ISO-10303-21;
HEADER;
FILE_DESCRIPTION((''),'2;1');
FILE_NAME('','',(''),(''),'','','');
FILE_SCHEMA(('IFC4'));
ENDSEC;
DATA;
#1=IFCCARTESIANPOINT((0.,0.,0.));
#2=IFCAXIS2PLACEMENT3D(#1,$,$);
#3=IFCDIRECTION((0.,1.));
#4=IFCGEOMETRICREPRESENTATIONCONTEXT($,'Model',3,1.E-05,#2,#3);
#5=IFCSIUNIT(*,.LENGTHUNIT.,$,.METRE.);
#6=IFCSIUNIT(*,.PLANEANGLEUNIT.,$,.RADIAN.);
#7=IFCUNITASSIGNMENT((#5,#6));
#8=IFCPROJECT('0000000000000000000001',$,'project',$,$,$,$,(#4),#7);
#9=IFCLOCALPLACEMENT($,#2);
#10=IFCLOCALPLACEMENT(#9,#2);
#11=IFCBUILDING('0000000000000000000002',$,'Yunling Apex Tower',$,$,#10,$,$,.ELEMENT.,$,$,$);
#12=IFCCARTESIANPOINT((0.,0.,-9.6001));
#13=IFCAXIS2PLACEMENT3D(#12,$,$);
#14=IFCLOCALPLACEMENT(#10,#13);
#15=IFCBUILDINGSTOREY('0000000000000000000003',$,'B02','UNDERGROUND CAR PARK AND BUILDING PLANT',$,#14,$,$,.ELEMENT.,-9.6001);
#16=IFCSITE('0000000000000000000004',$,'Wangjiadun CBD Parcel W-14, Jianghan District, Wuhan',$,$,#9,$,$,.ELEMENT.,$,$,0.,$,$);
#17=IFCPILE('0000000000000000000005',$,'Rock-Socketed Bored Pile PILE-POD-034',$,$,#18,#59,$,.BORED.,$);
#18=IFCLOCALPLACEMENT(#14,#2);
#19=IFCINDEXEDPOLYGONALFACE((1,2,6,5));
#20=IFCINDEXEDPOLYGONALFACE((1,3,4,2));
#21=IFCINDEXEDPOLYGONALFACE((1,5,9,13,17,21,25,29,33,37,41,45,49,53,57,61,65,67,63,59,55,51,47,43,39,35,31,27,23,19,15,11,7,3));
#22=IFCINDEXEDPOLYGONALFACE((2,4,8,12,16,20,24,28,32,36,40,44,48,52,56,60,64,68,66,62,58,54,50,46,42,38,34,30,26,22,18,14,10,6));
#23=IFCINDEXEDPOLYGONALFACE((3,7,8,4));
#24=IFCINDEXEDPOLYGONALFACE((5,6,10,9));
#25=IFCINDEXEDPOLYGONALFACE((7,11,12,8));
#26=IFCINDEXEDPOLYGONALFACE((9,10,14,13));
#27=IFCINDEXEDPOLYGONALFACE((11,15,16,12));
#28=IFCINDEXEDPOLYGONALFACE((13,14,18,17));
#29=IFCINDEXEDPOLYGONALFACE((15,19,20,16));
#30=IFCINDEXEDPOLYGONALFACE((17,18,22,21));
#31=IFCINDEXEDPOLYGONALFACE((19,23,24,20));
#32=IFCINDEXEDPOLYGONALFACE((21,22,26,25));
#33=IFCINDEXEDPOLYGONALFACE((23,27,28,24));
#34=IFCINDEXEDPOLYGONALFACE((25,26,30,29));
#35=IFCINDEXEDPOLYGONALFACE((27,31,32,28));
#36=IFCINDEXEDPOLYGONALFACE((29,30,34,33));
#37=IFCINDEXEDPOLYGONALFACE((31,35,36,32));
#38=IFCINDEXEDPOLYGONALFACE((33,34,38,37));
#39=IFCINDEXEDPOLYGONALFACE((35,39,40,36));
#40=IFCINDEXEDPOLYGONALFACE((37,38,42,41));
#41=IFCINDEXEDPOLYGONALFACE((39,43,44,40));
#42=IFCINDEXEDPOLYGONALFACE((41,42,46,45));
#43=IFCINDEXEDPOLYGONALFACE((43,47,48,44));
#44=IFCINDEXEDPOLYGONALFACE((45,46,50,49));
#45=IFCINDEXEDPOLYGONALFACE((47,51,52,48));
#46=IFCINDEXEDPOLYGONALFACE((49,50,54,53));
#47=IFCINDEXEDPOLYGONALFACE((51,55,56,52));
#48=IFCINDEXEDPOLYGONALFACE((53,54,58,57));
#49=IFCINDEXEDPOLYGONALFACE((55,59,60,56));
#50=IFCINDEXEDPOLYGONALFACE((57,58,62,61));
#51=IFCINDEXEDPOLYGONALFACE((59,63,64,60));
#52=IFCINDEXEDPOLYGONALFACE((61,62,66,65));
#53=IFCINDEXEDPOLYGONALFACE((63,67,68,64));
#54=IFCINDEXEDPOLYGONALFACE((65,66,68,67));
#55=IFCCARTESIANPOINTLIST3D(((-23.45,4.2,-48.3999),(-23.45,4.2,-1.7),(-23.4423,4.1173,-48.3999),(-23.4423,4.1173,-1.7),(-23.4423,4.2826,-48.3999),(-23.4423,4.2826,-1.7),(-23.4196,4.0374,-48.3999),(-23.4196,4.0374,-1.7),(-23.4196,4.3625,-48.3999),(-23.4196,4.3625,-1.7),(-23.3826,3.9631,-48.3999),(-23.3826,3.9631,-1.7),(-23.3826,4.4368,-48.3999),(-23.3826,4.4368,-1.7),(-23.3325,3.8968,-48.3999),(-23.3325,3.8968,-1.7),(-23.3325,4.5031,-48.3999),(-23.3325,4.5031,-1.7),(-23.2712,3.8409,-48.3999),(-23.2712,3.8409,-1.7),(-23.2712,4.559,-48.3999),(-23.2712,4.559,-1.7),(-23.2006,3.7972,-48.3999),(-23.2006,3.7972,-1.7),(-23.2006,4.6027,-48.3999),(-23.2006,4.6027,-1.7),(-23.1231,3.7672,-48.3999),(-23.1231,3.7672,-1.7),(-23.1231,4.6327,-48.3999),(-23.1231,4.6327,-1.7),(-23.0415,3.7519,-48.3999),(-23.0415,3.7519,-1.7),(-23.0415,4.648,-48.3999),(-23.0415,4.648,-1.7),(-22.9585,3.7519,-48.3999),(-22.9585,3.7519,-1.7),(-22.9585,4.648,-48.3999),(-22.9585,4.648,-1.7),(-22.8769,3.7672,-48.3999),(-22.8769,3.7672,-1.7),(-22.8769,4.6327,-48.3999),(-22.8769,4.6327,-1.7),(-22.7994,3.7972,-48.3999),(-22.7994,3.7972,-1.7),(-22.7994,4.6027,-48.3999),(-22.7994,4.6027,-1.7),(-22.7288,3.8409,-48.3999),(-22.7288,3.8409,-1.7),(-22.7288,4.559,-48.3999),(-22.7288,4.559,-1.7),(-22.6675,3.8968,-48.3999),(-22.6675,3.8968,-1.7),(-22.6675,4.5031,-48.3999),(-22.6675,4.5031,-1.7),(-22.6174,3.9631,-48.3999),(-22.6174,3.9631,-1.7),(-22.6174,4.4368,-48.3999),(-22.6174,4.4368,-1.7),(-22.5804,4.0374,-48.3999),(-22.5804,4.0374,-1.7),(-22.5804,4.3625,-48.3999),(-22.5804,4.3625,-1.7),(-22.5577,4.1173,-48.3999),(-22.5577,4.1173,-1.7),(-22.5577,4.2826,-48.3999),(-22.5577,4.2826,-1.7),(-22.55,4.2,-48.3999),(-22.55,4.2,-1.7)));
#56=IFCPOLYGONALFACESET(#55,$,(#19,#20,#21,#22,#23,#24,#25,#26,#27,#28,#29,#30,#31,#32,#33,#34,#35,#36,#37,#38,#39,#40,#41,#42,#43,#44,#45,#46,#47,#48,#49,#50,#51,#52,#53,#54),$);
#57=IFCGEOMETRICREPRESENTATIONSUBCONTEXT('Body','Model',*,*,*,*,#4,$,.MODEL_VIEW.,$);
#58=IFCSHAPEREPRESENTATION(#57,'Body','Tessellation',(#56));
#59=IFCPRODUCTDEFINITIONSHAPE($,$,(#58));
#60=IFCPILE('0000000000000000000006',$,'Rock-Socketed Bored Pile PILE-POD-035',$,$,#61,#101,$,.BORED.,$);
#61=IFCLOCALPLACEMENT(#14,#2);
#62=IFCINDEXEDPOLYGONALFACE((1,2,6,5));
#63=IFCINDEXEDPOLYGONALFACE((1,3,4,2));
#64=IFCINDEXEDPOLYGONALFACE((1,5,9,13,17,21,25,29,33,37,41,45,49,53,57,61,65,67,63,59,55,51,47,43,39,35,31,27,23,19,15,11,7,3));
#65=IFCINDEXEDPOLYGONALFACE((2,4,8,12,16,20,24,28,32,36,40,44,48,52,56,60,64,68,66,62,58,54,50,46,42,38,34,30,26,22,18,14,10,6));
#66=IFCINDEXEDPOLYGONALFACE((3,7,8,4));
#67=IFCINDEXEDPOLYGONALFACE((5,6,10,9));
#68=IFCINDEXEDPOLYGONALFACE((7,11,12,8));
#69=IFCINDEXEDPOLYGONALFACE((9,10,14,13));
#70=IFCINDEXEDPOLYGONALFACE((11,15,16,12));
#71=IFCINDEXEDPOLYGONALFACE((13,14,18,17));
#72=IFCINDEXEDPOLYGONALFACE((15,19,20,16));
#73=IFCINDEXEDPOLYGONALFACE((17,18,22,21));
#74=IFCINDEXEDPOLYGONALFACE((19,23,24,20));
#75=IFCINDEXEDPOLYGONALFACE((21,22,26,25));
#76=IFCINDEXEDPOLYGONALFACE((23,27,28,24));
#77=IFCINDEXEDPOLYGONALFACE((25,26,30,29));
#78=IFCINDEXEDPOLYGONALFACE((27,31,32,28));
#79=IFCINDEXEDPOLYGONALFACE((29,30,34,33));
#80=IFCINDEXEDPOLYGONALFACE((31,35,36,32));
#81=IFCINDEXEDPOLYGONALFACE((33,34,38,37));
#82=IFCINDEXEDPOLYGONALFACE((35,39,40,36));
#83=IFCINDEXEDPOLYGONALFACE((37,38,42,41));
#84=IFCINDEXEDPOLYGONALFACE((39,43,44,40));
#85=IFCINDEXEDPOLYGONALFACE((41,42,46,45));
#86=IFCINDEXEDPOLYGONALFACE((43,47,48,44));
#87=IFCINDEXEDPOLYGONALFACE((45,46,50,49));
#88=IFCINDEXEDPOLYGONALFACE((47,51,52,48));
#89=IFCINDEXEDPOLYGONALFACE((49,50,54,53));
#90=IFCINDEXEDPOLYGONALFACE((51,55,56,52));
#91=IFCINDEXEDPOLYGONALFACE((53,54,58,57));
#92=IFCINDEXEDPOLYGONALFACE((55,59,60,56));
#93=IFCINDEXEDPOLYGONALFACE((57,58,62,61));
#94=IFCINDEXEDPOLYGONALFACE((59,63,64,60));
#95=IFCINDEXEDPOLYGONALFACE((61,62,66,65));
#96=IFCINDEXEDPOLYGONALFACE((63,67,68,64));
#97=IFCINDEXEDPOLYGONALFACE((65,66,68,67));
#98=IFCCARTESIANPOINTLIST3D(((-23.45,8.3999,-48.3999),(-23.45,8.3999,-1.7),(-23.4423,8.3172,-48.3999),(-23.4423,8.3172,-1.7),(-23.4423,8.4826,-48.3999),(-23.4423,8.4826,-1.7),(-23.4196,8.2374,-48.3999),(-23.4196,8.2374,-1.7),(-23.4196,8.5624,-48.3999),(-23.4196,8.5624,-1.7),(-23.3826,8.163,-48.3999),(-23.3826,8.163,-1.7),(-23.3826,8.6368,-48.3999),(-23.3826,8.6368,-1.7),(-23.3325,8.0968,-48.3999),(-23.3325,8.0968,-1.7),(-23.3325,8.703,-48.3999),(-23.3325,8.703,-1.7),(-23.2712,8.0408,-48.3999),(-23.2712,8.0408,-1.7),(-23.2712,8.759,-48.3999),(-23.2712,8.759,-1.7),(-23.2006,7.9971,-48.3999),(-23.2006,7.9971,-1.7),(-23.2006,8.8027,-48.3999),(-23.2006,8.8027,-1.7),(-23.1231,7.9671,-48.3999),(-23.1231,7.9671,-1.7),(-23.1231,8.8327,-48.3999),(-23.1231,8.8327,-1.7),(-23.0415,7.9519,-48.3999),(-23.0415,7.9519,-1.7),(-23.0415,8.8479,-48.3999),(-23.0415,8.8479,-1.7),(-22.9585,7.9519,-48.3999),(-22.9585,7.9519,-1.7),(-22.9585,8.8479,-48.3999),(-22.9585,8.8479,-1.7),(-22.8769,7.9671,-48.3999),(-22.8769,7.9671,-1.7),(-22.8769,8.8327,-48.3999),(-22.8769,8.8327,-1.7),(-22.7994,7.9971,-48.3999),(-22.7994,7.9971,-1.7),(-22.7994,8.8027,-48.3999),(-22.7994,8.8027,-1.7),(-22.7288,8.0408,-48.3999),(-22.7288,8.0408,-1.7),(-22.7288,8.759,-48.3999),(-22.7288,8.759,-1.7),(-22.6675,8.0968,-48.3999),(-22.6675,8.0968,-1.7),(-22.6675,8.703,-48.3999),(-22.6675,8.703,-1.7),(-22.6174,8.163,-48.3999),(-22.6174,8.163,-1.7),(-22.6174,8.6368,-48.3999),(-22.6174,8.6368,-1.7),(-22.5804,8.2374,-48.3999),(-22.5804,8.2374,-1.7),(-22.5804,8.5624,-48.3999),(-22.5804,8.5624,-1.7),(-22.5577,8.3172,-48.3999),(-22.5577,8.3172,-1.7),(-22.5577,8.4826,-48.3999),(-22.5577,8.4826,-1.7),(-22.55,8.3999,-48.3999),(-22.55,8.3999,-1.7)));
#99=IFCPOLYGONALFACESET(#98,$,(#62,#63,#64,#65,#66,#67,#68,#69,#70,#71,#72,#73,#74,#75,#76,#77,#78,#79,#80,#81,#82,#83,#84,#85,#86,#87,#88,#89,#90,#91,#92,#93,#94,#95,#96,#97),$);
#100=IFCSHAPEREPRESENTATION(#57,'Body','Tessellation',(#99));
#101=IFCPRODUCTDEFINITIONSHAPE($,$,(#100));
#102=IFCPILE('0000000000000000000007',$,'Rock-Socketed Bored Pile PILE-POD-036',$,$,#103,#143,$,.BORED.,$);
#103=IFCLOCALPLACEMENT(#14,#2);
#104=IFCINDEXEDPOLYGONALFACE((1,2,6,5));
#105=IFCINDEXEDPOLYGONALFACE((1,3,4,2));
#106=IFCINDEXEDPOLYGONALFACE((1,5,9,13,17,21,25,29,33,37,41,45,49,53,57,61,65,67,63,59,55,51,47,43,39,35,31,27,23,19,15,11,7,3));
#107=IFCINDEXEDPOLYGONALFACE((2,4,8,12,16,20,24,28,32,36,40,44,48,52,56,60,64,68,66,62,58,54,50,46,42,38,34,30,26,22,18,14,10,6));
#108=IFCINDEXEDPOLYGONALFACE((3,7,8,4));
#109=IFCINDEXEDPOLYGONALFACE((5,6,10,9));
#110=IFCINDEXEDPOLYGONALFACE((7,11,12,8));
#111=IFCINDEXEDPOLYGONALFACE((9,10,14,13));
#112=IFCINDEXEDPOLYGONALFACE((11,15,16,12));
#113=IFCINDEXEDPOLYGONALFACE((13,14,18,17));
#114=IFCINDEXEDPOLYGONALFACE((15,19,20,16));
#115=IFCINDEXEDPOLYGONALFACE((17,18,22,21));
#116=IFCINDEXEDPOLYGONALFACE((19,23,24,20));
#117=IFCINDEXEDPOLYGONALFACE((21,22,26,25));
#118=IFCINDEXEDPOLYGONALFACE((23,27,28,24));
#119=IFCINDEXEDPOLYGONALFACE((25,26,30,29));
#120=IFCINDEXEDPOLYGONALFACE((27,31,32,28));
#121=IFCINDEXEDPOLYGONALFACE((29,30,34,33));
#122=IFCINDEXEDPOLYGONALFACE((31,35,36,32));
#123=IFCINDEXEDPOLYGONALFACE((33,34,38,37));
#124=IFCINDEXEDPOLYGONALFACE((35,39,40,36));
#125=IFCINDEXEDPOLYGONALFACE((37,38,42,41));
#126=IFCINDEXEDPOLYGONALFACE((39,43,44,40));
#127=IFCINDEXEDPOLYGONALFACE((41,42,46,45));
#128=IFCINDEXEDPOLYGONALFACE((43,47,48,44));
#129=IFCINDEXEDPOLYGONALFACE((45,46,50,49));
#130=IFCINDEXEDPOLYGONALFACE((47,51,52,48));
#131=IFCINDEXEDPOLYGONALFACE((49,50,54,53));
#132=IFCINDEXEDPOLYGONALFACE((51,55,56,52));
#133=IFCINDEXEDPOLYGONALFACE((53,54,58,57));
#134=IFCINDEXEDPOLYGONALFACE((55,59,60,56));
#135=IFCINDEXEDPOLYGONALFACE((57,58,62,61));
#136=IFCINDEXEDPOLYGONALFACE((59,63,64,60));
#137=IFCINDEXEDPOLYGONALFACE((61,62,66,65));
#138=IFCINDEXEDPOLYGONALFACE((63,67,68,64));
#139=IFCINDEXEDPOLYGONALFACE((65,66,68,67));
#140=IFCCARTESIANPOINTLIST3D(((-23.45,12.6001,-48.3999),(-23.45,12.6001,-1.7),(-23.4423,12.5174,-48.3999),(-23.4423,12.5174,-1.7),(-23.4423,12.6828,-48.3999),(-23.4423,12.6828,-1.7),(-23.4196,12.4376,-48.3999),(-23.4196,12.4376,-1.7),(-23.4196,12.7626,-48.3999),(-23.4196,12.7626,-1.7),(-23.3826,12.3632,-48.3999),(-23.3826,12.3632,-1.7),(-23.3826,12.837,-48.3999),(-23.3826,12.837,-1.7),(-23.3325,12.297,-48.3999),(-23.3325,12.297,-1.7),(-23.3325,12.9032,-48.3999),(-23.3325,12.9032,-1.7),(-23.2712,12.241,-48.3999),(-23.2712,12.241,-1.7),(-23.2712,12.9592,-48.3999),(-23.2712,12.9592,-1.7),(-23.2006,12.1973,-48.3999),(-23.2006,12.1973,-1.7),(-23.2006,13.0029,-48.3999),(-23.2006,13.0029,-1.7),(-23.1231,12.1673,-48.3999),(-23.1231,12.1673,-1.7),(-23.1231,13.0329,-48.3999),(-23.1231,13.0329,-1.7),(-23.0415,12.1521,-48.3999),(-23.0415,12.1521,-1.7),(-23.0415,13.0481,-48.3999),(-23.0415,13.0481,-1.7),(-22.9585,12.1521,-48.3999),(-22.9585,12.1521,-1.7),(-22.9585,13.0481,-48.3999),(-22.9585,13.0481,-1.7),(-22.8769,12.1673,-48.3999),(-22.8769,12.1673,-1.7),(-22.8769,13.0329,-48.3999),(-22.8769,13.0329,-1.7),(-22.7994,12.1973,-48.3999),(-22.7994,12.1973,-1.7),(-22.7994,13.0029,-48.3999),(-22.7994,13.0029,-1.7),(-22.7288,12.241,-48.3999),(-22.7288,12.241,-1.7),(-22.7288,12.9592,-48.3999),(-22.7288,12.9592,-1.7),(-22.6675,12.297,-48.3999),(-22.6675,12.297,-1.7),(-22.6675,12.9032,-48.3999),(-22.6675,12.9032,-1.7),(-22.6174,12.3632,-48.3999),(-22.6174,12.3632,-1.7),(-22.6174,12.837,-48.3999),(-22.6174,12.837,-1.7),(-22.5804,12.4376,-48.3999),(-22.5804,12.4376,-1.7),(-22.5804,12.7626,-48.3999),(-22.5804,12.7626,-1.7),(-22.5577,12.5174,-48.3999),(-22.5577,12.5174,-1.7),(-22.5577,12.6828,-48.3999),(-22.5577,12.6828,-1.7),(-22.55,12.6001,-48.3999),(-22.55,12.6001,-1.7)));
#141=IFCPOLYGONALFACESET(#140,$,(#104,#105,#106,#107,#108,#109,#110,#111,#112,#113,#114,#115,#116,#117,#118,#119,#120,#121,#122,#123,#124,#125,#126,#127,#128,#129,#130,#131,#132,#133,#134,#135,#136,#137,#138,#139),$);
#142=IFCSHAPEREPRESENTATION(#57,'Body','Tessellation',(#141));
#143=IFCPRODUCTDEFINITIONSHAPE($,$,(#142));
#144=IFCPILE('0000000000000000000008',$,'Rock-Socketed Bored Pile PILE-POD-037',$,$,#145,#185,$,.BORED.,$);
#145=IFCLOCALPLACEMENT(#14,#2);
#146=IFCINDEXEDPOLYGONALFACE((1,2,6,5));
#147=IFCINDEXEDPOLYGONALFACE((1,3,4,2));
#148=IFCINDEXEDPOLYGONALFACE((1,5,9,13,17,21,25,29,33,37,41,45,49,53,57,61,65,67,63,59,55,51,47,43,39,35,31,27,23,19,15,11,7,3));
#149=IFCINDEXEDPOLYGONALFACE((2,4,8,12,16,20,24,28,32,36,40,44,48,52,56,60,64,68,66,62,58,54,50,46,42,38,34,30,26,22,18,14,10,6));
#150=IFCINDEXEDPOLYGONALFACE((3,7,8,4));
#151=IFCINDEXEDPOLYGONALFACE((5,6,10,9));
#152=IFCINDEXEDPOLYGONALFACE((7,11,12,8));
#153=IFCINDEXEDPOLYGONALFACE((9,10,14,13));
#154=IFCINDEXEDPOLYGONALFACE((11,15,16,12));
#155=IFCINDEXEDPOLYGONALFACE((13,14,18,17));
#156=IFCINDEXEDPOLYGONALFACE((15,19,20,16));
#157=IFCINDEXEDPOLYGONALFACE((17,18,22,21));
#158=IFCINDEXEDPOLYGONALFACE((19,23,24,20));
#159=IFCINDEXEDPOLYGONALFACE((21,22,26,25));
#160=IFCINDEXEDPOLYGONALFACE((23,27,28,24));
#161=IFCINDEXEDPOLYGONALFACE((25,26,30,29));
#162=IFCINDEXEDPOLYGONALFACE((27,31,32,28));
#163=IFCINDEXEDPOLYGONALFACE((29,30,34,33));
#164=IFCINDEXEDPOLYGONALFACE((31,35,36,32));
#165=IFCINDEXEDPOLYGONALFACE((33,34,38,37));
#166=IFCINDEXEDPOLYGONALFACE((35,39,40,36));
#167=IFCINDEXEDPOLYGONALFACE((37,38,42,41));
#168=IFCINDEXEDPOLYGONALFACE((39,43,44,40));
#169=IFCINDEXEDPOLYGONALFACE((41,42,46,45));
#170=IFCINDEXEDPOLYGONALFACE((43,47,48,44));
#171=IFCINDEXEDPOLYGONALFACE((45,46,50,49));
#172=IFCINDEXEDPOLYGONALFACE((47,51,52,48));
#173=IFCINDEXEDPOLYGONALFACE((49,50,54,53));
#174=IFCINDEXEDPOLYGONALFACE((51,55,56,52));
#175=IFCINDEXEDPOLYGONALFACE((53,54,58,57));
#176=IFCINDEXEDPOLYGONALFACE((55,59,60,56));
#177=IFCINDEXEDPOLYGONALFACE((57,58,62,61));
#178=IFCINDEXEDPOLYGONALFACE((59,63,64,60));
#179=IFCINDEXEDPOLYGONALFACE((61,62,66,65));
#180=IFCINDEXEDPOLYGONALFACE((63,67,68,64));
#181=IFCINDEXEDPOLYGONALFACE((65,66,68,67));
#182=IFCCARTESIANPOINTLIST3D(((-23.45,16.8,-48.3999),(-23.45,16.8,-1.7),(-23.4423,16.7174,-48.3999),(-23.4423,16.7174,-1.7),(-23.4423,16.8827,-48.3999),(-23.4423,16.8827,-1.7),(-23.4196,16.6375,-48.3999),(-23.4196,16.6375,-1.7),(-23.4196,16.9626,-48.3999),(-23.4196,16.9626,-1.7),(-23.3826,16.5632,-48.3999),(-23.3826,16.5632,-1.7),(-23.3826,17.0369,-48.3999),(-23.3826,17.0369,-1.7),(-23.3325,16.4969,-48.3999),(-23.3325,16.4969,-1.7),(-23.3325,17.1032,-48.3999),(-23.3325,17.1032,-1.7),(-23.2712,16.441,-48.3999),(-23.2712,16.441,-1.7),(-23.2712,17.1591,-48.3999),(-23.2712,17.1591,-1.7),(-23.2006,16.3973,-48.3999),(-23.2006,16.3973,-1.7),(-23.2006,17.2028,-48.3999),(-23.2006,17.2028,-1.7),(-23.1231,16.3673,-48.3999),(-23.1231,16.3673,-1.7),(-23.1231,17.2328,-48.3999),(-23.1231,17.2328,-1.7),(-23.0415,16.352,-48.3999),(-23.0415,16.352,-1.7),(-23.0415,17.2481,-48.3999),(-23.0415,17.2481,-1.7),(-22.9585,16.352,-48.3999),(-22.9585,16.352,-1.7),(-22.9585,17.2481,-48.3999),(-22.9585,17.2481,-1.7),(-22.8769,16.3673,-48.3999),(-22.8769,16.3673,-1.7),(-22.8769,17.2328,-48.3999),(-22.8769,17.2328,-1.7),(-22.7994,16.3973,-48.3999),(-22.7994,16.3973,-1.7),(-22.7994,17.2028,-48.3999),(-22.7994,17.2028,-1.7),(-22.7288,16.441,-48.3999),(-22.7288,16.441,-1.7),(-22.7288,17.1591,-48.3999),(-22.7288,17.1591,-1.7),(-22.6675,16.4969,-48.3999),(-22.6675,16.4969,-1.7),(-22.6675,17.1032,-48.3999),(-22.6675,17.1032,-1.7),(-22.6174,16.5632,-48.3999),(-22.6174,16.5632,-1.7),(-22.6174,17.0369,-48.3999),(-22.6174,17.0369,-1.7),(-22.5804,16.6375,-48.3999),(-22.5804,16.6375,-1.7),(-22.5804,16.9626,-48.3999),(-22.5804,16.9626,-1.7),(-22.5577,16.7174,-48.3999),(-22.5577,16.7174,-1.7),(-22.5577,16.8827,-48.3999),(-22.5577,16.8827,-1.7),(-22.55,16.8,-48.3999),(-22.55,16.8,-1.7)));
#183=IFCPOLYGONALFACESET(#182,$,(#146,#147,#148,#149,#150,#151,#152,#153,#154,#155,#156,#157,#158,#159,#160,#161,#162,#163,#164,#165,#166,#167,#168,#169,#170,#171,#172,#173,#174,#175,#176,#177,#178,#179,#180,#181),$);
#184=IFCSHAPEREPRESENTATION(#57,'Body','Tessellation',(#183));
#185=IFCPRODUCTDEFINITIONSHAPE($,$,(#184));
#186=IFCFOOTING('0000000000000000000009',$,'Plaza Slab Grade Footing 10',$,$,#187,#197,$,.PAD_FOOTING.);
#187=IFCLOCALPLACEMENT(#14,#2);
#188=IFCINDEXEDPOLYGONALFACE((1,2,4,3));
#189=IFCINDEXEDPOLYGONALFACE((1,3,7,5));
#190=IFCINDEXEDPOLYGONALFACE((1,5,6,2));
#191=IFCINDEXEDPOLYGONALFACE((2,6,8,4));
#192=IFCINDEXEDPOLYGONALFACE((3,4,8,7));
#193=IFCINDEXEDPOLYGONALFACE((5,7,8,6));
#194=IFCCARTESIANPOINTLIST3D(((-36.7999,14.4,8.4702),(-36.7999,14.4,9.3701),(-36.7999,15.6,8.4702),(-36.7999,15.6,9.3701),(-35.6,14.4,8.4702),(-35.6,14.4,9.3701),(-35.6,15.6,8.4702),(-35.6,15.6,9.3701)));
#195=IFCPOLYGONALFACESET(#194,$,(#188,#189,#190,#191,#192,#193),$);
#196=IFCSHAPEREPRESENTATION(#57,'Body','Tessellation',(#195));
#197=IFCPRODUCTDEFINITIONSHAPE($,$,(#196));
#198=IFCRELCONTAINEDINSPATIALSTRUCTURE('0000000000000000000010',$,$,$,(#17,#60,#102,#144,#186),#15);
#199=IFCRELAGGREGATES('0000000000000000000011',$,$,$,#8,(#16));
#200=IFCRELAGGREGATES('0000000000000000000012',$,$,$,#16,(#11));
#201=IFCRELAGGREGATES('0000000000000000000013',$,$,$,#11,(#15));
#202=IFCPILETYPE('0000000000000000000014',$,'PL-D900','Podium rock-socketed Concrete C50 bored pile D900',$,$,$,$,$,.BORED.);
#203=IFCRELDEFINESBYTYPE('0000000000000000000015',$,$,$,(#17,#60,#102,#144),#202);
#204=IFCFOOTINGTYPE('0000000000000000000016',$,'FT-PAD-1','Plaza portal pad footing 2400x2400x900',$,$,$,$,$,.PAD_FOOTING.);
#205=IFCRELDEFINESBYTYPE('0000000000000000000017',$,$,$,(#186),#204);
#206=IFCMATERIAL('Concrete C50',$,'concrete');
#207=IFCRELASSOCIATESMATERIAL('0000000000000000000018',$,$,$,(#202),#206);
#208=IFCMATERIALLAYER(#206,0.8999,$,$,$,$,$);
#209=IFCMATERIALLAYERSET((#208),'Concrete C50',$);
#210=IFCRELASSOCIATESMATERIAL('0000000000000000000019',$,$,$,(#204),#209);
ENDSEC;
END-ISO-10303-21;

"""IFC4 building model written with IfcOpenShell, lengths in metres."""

from ifc_helpers import new_model, si_unit, direction, frame, origin, origin_2d, place, context, subcontext, project, spatial, rectangle, circle, extrude, source, transform, mapped, material, layer, layer_set, material_profile, profile_set, type_object, element, save


model = new_model("IFC4")

# Units and contexts
model_context = context("Model", 3, precision=1e-05, world=origin(), true_north=direction((0.0, 1.0)))
body_context = subcontext(model_context, "Body", "Model", "MODEL_VIEW")
ifc_project = project(units=[si_unit("LENGTHUNIT", "METRE"), si_unit("PLANEANGLEUNIT", "RADIAN")], contexts=[model_context])

# Site, building, storey
site_placement = place(None, origin())
site = spatial("IfcSite", under=ifc_project, at=site_placement, Name="Wangjiadun CBD Parcel W-14, Jianghan District, Wuhan", CompositionType="ELEMENT", RefElevation=0.0)
building_placement = place(site_placement, origin())
building = spatial("IfcBuilding", under=site, at=building_placement, Name="Yunling Apex Tower", CompositionType="ELEMENT")
storey_placement = place(building_placement, frame((0.0, 0.0, -9.6001)))
storey = spatial("IfcBuildingStorey", under=building, at=storey_placement, Name="B02", Description="UNDERGROUND CAR PARK AND BUILDING PLANT", CompositionType="ELEMENT", Elevation=-9.6001)

# Shared definitions
ifc_material_1 = material(Name="Concrete C50", Category="concrete")

# Piles
ifc_material_profile_1 = material_profile(ifc_material_1, circle(Radius=0.45, at=origin_2d()))
ifc_profile_set_1 = profile_set([ifc_material_profile_1], Name="Concrete C50")
pile_type = type_object("IfcPileType", Name="PL-D900", Description="Podium rock-socketed Concrete C50 bored pile D900", PredefinedType="BORED", material=ifc_profile_set_1)
shared_shape_1 = source(origin(), body_context, "Body", "SweptSolid", [
    extrude(circle(Radius=0.45, at=origin_2d()), origin(), (0.0, 0.0, 1.0), 46.7),
])
for number, where, z_axis, x_axis, name in (
    (1, (-23.0, 4.2, -1.7), (0.0, 0.0, -1.0), (1.0, 0.0, 0.0), "Rock-Socketed Bored Pile PILE-POD-034"),
    (2, (-23.0, 8.3999, -1.7), (0.0, 0.0, -1.0), (1.0, 0.0, 0.0), "Rock-Socketed Bored Pile PILE-POD-035"),
    (3, (-23.0, 12.6001, -1.7), (0.0, 0.0, -1.0), (1.0, 0.0, 0.0), "Rock-Socketed Bored Pile PILE-POD-036"),
    (4, (-23.0, 16.8, -1.7), (0.0, 0.0, -1.0), (1.0, 0.0, 0.0), "Rock-Socketed Bored Pile PILE-POD-037"),
):
    element("IfcPile", number, at=place(storey_placement, frame(where, z_axis=z_axis, x_axis=x_axis)), inside=storey, type_object=pile_type, Name=name, PredefinedType="BORED", context=body_context, shape_type="MappedRepresentation", body=[
        mapped(shared_shape_1, transform((0.0, 0.0, 0.0), scale=1.0)),
    ])

# Footing
ifc_layer_1 = layer(ifc_material_1, 0.8999)
ifc_layer_set_1 = layer_set([ifc_layer_1], Name="Concrete C50")
footing_type_1 = type_object("IfcFootingType", Name="FT-PAD-1", Description="Plaza portal pad footing 2400x2400x900", PredefinedType="PAD_FOOTING", material=ifc_layer_set_1)
shared_shape_2 = source(origin(), body_context, "Body", "SweptSolid", [
    extrude(rectangle(XDim=1.2, YDim=1.2, at=origin_2d()), origin(), (0.0, 0.0, 1.0), 0.8999),
])
footing_1_placement = place(storey_placement, frame((-36.2, 15.0, 8.4702), z_axis=(0.0, 0.0, 1.0), x_axis=(1.0, 0.0, 0.0)))
element("IfcFooting", 5, at=footing_1_placement, inside=storey, type_object=footing_type_1, Name="Plaza Slab Grade Footing 10", PredefinedType="PAD_FOOTING", context=body_context, shape_type="MappedRepresentation", body=[
    mapped(shared_shape_2, transform((0.0, 0.0, 0.0), scale=1.0)),
])

save(model, "model.ifc")
